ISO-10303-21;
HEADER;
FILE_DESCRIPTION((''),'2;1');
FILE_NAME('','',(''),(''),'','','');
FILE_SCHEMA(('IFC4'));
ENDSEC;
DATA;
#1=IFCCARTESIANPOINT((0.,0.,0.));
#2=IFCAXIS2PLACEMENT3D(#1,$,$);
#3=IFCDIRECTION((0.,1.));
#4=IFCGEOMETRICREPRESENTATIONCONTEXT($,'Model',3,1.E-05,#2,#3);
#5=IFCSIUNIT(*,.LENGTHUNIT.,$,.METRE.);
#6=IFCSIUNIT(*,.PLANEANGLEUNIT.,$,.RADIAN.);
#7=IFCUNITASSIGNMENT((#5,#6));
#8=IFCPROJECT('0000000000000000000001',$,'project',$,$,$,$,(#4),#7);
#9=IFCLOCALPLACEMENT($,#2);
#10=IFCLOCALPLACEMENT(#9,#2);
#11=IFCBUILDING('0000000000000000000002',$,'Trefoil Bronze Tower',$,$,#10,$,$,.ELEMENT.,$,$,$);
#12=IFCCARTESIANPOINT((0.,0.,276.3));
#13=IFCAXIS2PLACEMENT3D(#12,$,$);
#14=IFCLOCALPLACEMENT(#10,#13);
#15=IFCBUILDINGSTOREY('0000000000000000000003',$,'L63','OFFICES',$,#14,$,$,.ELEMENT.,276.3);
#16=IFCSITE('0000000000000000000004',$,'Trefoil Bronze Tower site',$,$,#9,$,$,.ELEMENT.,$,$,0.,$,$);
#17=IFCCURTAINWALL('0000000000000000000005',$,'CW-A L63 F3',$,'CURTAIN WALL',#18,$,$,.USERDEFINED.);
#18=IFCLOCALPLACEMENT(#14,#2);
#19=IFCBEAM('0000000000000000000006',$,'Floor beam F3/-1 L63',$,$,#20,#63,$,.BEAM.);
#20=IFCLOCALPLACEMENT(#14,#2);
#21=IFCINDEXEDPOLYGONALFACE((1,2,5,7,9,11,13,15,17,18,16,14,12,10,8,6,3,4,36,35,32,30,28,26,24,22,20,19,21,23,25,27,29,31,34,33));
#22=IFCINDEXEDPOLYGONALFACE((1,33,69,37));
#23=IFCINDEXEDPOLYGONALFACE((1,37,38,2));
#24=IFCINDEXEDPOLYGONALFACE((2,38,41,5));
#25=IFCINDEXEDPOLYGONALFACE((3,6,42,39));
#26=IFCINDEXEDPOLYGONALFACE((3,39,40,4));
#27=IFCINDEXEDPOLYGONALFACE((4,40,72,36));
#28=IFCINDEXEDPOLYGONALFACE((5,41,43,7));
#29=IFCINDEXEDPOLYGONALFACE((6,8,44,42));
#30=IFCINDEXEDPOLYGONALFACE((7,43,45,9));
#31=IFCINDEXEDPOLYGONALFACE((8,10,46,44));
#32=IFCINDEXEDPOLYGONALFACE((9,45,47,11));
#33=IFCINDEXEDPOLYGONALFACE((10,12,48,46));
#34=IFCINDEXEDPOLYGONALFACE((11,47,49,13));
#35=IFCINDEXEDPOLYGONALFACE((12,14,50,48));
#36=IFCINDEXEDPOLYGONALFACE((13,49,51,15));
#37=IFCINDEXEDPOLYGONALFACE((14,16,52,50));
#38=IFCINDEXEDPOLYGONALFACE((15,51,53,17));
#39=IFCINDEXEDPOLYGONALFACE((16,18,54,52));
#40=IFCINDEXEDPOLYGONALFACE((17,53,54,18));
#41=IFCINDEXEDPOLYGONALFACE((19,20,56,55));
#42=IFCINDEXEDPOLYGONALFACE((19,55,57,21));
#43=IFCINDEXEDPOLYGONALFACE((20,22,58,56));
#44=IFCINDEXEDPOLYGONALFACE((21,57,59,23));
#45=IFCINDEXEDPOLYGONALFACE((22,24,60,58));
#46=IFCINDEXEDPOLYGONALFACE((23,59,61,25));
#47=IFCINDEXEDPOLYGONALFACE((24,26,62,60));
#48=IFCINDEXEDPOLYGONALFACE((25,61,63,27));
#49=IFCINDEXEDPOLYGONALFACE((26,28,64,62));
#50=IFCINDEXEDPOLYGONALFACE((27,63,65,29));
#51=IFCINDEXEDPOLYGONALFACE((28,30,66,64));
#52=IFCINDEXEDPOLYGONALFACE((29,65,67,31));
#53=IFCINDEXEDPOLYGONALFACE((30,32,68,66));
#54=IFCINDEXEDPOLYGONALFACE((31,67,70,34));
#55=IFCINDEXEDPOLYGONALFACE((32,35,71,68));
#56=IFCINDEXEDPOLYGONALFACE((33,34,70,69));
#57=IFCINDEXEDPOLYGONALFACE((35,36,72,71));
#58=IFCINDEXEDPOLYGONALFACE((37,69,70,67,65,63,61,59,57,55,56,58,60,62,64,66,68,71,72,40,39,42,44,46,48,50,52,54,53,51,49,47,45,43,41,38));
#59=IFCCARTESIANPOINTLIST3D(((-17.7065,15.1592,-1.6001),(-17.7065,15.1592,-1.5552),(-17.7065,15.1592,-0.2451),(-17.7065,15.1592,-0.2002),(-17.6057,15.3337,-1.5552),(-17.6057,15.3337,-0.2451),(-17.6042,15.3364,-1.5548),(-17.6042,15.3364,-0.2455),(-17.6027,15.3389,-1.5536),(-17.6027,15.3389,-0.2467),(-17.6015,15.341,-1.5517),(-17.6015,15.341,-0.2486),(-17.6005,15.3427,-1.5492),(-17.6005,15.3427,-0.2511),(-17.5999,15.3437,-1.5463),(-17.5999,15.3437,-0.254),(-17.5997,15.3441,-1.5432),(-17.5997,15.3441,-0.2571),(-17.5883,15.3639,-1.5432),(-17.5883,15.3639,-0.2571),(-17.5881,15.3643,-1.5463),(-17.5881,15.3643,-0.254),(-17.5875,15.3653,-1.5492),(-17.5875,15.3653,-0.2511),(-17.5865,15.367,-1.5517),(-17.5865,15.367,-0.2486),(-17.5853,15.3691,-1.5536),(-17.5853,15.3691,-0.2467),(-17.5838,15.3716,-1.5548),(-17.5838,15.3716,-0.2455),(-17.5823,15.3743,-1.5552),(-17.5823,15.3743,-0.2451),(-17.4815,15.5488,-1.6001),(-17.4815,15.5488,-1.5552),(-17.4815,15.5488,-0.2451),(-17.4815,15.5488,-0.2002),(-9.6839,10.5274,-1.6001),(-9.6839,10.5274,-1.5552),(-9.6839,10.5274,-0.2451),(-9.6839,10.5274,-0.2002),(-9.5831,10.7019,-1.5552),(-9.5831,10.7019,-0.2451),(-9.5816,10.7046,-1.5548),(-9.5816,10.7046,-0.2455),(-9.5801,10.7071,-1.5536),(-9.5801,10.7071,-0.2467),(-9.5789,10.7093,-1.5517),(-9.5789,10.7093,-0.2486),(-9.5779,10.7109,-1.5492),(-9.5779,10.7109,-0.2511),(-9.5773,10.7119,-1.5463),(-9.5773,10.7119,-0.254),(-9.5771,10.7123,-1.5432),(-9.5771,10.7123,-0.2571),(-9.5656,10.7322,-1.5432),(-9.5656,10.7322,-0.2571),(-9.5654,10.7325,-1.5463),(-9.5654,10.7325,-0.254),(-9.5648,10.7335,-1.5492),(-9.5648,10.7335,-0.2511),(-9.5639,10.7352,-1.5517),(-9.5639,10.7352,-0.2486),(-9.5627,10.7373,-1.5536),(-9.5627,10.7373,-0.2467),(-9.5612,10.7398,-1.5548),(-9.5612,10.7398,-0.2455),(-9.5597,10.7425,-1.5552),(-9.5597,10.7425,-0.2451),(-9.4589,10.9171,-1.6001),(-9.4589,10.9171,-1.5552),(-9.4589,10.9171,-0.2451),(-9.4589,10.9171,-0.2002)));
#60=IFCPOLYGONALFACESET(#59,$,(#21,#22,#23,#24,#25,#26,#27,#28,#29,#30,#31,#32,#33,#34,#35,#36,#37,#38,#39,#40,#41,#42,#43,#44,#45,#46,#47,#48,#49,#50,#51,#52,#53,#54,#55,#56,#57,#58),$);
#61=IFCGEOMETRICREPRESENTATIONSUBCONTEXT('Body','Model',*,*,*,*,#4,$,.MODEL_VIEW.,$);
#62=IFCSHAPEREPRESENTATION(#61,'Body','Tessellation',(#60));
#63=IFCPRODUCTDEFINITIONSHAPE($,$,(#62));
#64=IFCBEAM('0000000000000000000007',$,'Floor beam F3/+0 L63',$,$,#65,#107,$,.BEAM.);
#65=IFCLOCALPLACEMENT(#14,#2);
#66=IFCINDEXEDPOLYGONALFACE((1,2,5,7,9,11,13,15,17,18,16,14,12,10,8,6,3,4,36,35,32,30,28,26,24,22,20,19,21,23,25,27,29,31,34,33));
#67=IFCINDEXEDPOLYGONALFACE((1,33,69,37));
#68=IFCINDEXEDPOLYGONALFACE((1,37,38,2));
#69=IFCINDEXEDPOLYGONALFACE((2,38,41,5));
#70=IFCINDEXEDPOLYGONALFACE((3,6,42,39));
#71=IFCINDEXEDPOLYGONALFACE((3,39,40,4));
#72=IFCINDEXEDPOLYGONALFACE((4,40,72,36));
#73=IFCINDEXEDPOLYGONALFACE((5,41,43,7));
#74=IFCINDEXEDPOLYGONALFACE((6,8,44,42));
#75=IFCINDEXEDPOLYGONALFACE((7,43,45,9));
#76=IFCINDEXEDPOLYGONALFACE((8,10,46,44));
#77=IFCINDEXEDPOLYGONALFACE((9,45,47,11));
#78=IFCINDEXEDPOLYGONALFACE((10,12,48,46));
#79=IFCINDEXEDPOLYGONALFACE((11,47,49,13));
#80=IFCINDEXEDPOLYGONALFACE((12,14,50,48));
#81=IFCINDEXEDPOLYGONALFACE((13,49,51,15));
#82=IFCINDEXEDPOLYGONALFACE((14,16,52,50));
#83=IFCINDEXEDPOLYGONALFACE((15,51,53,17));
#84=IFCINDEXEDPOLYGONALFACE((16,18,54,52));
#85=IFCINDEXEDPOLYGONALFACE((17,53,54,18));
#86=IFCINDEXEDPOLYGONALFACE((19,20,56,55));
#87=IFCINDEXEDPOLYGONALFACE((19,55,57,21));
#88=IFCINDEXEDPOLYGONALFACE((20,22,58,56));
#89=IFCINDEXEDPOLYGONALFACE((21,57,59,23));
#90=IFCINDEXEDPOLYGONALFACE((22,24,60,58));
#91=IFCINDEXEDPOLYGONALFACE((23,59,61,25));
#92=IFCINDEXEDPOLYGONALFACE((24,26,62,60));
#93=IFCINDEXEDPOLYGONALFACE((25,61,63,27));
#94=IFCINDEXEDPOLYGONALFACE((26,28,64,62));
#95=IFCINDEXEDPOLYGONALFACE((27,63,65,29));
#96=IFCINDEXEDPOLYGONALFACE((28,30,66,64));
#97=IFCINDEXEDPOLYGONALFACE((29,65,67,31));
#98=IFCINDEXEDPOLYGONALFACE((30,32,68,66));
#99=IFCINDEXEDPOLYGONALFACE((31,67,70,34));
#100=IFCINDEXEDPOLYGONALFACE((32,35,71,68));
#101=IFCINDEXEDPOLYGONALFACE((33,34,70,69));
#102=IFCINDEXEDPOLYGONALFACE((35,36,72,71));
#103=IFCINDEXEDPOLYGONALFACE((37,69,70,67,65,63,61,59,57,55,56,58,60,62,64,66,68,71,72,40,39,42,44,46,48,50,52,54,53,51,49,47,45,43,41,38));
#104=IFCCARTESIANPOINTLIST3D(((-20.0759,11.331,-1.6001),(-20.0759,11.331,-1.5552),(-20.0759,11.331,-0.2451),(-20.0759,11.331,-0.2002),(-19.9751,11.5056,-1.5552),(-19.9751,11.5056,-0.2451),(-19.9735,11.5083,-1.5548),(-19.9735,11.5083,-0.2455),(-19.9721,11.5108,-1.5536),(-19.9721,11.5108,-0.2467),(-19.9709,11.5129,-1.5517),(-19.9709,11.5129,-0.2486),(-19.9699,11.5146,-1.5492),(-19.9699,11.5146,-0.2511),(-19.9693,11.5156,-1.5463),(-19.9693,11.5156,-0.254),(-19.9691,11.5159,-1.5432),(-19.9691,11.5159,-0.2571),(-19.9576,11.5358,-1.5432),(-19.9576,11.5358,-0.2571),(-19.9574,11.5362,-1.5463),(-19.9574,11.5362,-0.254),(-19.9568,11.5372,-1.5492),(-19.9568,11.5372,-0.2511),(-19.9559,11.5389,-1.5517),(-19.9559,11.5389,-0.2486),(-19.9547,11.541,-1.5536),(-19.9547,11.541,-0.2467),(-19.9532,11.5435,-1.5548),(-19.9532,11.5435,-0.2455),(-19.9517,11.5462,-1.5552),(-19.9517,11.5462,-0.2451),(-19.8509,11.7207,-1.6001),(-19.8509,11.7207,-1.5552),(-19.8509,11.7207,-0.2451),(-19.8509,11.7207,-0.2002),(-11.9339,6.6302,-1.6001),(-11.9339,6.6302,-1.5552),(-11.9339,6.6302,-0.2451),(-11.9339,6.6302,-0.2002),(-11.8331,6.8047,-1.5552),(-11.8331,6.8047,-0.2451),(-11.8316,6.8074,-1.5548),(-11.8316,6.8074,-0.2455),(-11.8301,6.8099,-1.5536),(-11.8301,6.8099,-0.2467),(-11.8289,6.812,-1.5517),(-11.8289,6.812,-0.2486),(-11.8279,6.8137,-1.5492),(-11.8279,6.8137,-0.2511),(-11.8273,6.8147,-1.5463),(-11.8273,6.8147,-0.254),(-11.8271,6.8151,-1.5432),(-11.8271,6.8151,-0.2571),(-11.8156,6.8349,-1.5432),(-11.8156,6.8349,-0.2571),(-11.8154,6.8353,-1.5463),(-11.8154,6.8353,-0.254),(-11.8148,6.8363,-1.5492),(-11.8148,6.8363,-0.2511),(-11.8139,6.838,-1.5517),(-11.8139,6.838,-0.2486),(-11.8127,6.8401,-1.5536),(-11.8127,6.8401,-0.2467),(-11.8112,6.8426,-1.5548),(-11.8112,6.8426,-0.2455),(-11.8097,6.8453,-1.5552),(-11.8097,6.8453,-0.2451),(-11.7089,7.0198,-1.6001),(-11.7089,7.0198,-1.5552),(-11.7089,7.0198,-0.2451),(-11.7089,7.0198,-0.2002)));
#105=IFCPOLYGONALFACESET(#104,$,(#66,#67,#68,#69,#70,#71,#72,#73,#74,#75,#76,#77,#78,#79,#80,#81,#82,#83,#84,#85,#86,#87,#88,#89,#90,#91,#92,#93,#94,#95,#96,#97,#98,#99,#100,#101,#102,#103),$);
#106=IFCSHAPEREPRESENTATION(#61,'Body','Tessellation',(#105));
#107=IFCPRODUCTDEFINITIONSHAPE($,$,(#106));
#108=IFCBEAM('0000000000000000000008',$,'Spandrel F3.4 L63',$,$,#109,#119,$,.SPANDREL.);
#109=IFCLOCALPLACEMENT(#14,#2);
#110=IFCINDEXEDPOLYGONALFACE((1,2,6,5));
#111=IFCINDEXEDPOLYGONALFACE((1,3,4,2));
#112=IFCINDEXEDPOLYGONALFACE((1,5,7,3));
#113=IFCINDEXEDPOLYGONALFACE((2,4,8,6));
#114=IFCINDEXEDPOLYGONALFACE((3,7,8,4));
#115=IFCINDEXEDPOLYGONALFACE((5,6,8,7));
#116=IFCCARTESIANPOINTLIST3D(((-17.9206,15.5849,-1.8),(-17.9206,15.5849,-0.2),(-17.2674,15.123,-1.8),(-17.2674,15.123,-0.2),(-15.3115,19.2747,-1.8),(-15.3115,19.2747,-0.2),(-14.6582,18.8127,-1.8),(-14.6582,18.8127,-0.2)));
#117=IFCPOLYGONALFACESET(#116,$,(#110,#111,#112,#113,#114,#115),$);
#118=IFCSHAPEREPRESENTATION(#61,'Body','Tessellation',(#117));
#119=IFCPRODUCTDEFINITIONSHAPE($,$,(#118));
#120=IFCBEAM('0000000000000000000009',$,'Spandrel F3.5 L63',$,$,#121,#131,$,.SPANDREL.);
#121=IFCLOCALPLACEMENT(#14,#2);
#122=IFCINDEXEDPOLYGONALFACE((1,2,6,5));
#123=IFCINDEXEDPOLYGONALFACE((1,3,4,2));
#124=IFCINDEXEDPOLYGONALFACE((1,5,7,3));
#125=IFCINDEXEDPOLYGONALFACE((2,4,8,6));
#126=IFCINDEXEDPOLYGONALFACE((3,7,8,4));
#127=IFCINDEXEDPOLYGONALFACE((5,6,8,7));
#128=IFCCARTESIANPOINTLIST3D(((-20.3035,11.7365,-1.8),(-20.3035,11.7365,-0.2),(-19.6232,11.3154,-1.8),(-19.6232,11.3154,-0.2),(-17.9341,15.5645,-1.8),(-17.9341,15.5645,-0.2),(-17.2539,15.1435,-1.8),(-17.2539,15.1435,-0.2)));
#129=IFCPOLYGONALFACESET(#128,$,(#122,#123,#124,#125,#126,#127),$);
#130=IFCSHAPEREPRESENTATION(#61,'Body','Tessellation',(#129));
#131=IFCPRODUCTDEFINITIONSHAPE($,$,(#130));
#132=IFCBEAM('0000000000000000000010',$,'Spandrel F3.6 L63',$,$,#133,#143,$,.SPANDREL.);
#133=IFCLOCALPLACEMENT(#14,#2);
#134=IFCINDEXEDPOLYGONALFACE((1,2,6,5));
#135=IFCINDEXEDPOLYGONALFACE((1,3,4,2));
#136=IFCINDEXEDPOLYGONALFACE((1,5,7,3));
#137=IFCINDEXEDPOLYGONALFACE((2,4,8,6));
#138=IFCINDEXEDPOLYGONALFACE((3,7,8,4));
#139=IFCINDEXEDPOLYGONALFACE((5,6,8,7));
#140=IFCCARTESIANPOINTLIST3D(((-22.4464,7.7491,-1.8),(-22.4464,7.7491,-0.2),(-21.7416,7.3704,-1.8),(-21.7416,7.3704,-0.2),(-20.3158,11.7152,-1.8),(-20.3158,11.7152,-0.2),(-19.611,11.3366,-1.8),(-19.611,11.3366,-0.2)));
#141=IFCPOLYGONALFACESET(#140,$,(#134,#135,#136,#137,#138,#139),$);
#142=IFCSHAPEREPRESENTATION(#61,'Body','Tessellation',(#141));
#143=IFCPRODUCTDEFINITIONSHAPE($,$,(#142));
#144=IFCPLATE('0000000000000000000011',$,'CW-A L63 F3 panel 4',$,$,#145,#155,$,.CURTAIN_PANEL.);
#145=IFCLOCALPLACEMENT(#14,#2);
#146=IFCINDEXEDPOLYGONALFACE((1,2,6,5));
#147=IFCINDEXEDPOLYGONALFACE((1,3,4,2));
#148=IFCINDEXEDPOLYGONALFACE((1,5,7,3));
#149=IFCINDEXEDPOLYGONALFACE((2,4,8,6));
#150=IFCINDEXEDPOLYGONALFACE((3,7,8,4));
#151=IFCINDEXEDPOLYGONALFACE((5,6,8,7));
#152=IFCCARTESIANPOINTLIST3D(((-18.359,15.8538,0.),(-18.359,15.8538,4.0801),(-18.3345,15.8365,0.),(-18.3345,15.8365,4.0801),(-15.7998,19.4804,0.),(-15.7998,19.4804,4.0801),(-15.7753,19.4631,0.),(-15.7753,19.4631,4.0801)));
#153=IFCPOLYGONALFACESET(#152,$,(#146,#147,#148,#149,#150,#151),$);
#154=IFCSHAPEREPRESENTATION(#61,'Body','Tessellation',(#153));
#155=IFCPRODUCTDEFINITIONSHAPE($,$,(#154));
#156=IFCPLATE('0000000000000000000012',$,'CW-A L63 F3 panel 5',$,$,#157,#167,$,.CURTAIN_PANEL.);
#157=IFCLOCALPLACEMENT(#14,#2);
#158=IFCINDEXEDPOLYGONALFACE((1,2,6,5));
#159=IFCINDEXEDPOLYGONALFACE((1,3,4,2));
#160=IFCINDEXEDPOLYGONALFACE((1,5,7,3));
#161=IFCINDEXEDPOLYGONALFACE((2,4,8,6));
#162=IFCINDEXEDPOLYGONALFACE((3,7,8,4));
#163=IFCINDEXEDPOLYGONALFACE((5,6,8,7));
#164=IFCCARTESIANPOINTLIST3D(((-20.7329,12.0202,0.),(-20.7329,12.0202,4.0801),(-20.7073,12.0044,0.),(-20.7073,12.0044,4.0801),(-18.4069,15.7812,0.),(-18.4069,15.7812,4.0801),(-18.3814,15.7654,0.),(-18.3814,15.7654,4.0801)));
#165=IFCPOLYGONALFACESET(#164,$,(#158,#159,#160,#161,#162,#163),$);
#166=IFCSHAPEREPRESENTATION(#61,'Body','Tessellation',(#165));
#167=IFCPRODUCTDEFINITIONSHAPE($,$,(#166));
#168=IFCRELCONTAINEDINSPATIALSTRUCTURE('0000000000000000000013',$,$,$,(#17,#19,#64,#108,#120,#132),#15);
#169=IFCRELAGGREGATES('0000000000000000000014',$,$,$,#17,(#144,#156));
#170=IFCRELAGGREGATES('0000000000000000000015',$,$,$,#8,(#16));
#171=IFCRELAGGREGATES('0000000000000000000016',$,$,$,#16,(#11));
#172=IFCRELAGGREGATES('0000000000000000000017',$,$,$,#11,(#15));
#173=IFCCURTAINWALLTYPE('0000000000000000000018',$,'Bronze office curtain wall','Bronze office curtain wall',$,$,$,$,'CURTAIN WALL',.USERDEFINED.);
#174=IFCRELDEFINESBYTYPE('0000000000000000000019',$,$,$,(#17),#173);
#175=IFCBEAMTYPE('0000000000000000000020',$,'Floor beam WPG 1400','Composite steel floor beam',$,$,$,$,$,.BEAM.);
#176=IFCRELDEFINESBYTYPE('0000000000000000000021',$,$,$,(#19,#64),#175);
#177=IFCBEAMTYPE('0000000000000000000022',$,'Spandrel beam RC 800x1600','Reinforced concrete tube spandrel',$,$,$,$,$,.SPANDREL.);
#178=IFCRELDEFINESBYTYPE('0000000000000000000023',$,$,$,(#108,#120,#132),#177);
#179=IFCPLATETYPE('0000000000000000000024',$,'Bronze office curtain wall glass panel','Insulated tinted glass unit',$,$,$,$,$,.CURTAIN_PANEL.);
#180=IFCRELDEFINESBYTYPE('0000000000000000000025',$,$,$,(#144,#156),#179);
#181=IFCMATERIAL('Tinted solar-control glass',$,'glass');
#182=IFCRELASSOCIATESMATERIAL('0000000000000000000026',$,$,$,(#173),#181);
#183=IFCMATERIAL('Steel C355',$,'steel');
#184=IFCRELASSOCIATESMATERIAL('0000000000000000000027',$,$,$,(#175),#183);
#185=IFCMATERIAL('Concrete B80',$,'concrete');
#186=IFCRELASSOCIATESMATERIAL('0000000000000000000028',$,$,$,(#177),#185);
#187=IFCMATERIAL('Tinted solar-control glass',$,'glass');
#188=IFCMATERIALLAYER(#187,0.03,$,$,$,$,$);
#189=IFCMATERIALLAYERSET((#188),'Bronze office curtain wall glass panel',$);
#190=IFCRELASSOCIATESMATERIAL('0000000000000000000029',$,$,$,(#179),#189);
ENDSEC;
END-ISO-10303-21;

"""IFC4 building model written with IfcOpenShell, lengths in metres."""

from ifc_helpers import new_model, si_unit, direction, frame, origin, origin_2d, place, context, subcontext, project, spatial, rectangle, i_section, extrude, material, layer, layer_set, material_profile, profile_set, type_object, element, aggregate, save


model = new_model("IFC4")

# Units and contexts
model_context = context("Model", 3, precision=1e-05, world=origin(), true_north=direction((0.0, 1.0)))
body_context = subcontext(model_context, "Body", "Model", "MODEL_VIEW")
ifc_project = project(units=[si_unit("LENGTHUNIT", "METRE"), si_unit("PLANEANGLEUNIT", "RADIAN")], contexts=[model_context])

# Site, building, storey
site_placement = place(None, origin())
site = spatial("IfcSite", under=ifc_project, at=site_placement, Name="Trefoil Bronze Tower site", CompositionType="ELEMENT", RefElevation=0.0)
building_placement = place(site_placement, origin())
building = spatial("IfcBuilding", under=site, at=building_placement, Name="Trefoil Bronze Tower", CompositionType="ELEMENT")
storey_placement = place(building_placement, frame((0.0, 0.0, 276.3)))
storey = spatial("IfcBuildingStorey", under=building, at=storey_placement, Name="L63", Description="OFFICES", CompositionType="ELEMENT", Elevation=276.3)

# Curtain wall
ifc_material_1 = material(Name="Tinted solar-control glass", Category="glass")
curtain_wall_type = type_object("IfcCurtainWallType", Name="Bronze office curtain wall", Description="Bronze office curtain wall", ElementType="CURTAIN WALL", PredefinedType="USERDEFINED", material=ifc_material_1)
curtain_wall_placement = place(storey_placement, origin())
curtain_wall = element("IfcCurtainWall", 1, at=curtain_wall_placement, inside=storey, type_object=curtain_wall_type, Name="CW-A L63 F3", ObjectType="CURTAIN WALL", PredefinedType="USERDEFINED")

# Beams
ifc_material_2 = material(Name="Steel C355", Category="steel")
ifc_material_profile_1 = material_profile(ifc_material_2, i_section(OverallWidth=0.45, OverallDepth=1.3999, WebThickness=0.0229, FlangeThickness=0.0449, FilletRadius=0.012, at=origin_2d()), Name="WPG 1400")
ifc_profile_set_1 = profile_set([ifc_material_profile_1], Name="Steel C355")
beam_type_1 = type_object("IfcBeamType", Name="Floor beam WPG 1400", Description="Composite steel floor beam", PredefinedType="BEAM", material=ifc_profile_set_1)
beam_1_placement = place(storey_placement, frame((-17.594, 15.354, -0.9001), z_axis=(0.866029, -0.499994, 0.0), x_axis=(0.499994, 0.866029, 0.0)))
element("IfcBeam", 2, at=beam_1_placement, inside=storey, type_object=beam_type_1, Name="Floor beam F3/-1 L63", PredefinedType="BEAM", context=body_context, shape_type="SweptSolid", body=[
    extrude(i_section(OverallWidth=0.45, OverallDepth=1.3999, WebThickness=0.0229, FlangeThickness=0.0449, FilletRadius=0.012, at=origin_2d()), origin(), (0.0, 0.0, 1.0), 9.2637),
])
beam_2_placement = place(storey_placement, frame((-19.9634, 11.5259, -0.9001), z_axis=(0.866021, -0.500007, 0.0), x_axis=(0.500007, 0.866021, 0.0)))
element("IfcBeam", 3, at=beam_2_placement, inside=storey, type_object=beam_type_1, Name="Floor beam F3/+0 L63", PredefinedType="BEAM", context=body_context, shape_type="SweptSolid", body=[
    extrude(i_section(OverallWidth=0.45, OverallDepth=1.3999, WebThickness=0.0229, FlangeThickness=0.0449, FilletRadius=0.012, at=origin_2d()), origin(), (0.0, 0.0, 1.0), 9.4016),
])
ifc_material_3 = material(Name="Concrete B80", Category="concrete")
ifc_material_profile_2 = material_profile(ifc_material_3, rectangle(XDim=0.8, YDim=1.6001, at=origin_2d()), Name="RC 800x1600")
ifc_profile_set_2 = profile_set([ifc_material_profile_2], Name="Concrete B80")
beam_type_2 = type_object("IfcBeamType", Name="Spandrel beam RC 800x1600", Description="Reinforced concrete tube spandrel", PredefinedType="SPANDREL", material=ifc_profile_set_2)
beam_3_placement = place(storey_placement, frame((-14.9849, 19.0437, -1.0), z_axis=(-0.577368, -0.816484, 0.0), x_axis=(0.816484, -0.577368, 0.0)))
element("IfcBeam", 4, at=beam_3_placement, inside=storey, type_object=beam_type_2, Name="Spandrel F3.4 L63", PredefinedType="SPANDREL", context=body_context, shape_type="SweptSolid", body=[
    extrude(rectangle(XDim=0.8, YDim=1.6001, at=origin_2d()), origin(), (0.0, 0.0, 1.0), 4.519),
])
beam_4_placement = place(storey_placement, frame((-17.594, 15.354, -1.0), z_axis=(-0.526289, -0.850306, 0.0), x_axis=(0.850306, -0.526289, 0.0)))
element("IfcBeam", 5, at=beam_4_placement, inside=storey, type_object=beam_type_2, Name="Spandrel F3.5 L63", PredefinedType="SPANDREL", context=body_context, shape_type="SweptSolid", body=[
    extrude(rectangle(XDim=0.8, YDim=1.6001, at=origin_2d()), origin(), (0.0, 0.0, 1.0), 4.502),
])
beam_5_placement = place(storey_placement, frame((-19.9634, 11.5259, -1.0), z_axis=(-0.473246, -0.88093, 0.0), x_axis=(0.88093, -0.473246, 0.0)))
element("IfcBeam", 6, at=beam_5_placement, inside=storey, type_object=beam_type_2, Name="Spandrel F3.6 L63", PredefinedType="SPANDREL", context=body_context, shape_type="SweptSolid", body=[
    extrude(rectangle(XDim=0.8, YDim=1.6001, at=origin_2d()), origin(), (0.0, 0.0, 1.0), 4.5022),
])

# Plates
ifc_material_4 = material(Name="Tinted solar-control glass", Category="glass")
ifc_layer_1 = layer(ifc_material_4, 0.03)
ifc_layer_set_1 = layer_set([ifc_layer_1], Name="Bronze office curtain wall glass panel")
plate_type = type_object("IfcPlateType", Name="Bronze office curtain wall glass panel", Description="Insulated tinted glass unit", PredefinedType="CURTAIN_PANEL", material=ifc_layer_set_1)
plate_1_placement = place(storey_placement, frame((-17.0671, 17.6584, 0.0), z_axis=(0.0, 0.0, 1.0), x_axis=(-0.576561, -0.817054, 0.0)))
plate_1 = element("IfcPlate", 7, at=plate_1_placement, type_object=plate_type, Name="CW-A L63 F3 panel 4", PredefinedType="CURTAIN_PANEL", context=body_context, shape_type="SweptSolid", body=[
    extrude(rectangle(XDim=4.4387, YDim=0.03, at=origin_2d()), origin(), (0.0, 0.0, 1.0), 4.0801),
])
plate_2_placement = place(storey_placement, frame((-19.5571, 13.8928, 0.0), z_axis=(0.0, 0.0, 1.0), x_axis=(-0.52598, -0.850497, 0.0)))
plate_2 = element("IfcPlate", 8, at=plate_2_placement, type_object=plate_type, Name="CW-A L63 F3 panel 5", PredefinedType="CURTAIN_PANEL", context=body_context, shape_type="SweptSolid", body=[
    extrude(rectangle(XDim=4.4221, YDim=0.03, at=origin_2d()), origin(), (0.0, 0.0, 1.0), 4.0801),
])
aggregate(curtain_wall, [plate_1, plate_2])

save(model, "model.ifc")
